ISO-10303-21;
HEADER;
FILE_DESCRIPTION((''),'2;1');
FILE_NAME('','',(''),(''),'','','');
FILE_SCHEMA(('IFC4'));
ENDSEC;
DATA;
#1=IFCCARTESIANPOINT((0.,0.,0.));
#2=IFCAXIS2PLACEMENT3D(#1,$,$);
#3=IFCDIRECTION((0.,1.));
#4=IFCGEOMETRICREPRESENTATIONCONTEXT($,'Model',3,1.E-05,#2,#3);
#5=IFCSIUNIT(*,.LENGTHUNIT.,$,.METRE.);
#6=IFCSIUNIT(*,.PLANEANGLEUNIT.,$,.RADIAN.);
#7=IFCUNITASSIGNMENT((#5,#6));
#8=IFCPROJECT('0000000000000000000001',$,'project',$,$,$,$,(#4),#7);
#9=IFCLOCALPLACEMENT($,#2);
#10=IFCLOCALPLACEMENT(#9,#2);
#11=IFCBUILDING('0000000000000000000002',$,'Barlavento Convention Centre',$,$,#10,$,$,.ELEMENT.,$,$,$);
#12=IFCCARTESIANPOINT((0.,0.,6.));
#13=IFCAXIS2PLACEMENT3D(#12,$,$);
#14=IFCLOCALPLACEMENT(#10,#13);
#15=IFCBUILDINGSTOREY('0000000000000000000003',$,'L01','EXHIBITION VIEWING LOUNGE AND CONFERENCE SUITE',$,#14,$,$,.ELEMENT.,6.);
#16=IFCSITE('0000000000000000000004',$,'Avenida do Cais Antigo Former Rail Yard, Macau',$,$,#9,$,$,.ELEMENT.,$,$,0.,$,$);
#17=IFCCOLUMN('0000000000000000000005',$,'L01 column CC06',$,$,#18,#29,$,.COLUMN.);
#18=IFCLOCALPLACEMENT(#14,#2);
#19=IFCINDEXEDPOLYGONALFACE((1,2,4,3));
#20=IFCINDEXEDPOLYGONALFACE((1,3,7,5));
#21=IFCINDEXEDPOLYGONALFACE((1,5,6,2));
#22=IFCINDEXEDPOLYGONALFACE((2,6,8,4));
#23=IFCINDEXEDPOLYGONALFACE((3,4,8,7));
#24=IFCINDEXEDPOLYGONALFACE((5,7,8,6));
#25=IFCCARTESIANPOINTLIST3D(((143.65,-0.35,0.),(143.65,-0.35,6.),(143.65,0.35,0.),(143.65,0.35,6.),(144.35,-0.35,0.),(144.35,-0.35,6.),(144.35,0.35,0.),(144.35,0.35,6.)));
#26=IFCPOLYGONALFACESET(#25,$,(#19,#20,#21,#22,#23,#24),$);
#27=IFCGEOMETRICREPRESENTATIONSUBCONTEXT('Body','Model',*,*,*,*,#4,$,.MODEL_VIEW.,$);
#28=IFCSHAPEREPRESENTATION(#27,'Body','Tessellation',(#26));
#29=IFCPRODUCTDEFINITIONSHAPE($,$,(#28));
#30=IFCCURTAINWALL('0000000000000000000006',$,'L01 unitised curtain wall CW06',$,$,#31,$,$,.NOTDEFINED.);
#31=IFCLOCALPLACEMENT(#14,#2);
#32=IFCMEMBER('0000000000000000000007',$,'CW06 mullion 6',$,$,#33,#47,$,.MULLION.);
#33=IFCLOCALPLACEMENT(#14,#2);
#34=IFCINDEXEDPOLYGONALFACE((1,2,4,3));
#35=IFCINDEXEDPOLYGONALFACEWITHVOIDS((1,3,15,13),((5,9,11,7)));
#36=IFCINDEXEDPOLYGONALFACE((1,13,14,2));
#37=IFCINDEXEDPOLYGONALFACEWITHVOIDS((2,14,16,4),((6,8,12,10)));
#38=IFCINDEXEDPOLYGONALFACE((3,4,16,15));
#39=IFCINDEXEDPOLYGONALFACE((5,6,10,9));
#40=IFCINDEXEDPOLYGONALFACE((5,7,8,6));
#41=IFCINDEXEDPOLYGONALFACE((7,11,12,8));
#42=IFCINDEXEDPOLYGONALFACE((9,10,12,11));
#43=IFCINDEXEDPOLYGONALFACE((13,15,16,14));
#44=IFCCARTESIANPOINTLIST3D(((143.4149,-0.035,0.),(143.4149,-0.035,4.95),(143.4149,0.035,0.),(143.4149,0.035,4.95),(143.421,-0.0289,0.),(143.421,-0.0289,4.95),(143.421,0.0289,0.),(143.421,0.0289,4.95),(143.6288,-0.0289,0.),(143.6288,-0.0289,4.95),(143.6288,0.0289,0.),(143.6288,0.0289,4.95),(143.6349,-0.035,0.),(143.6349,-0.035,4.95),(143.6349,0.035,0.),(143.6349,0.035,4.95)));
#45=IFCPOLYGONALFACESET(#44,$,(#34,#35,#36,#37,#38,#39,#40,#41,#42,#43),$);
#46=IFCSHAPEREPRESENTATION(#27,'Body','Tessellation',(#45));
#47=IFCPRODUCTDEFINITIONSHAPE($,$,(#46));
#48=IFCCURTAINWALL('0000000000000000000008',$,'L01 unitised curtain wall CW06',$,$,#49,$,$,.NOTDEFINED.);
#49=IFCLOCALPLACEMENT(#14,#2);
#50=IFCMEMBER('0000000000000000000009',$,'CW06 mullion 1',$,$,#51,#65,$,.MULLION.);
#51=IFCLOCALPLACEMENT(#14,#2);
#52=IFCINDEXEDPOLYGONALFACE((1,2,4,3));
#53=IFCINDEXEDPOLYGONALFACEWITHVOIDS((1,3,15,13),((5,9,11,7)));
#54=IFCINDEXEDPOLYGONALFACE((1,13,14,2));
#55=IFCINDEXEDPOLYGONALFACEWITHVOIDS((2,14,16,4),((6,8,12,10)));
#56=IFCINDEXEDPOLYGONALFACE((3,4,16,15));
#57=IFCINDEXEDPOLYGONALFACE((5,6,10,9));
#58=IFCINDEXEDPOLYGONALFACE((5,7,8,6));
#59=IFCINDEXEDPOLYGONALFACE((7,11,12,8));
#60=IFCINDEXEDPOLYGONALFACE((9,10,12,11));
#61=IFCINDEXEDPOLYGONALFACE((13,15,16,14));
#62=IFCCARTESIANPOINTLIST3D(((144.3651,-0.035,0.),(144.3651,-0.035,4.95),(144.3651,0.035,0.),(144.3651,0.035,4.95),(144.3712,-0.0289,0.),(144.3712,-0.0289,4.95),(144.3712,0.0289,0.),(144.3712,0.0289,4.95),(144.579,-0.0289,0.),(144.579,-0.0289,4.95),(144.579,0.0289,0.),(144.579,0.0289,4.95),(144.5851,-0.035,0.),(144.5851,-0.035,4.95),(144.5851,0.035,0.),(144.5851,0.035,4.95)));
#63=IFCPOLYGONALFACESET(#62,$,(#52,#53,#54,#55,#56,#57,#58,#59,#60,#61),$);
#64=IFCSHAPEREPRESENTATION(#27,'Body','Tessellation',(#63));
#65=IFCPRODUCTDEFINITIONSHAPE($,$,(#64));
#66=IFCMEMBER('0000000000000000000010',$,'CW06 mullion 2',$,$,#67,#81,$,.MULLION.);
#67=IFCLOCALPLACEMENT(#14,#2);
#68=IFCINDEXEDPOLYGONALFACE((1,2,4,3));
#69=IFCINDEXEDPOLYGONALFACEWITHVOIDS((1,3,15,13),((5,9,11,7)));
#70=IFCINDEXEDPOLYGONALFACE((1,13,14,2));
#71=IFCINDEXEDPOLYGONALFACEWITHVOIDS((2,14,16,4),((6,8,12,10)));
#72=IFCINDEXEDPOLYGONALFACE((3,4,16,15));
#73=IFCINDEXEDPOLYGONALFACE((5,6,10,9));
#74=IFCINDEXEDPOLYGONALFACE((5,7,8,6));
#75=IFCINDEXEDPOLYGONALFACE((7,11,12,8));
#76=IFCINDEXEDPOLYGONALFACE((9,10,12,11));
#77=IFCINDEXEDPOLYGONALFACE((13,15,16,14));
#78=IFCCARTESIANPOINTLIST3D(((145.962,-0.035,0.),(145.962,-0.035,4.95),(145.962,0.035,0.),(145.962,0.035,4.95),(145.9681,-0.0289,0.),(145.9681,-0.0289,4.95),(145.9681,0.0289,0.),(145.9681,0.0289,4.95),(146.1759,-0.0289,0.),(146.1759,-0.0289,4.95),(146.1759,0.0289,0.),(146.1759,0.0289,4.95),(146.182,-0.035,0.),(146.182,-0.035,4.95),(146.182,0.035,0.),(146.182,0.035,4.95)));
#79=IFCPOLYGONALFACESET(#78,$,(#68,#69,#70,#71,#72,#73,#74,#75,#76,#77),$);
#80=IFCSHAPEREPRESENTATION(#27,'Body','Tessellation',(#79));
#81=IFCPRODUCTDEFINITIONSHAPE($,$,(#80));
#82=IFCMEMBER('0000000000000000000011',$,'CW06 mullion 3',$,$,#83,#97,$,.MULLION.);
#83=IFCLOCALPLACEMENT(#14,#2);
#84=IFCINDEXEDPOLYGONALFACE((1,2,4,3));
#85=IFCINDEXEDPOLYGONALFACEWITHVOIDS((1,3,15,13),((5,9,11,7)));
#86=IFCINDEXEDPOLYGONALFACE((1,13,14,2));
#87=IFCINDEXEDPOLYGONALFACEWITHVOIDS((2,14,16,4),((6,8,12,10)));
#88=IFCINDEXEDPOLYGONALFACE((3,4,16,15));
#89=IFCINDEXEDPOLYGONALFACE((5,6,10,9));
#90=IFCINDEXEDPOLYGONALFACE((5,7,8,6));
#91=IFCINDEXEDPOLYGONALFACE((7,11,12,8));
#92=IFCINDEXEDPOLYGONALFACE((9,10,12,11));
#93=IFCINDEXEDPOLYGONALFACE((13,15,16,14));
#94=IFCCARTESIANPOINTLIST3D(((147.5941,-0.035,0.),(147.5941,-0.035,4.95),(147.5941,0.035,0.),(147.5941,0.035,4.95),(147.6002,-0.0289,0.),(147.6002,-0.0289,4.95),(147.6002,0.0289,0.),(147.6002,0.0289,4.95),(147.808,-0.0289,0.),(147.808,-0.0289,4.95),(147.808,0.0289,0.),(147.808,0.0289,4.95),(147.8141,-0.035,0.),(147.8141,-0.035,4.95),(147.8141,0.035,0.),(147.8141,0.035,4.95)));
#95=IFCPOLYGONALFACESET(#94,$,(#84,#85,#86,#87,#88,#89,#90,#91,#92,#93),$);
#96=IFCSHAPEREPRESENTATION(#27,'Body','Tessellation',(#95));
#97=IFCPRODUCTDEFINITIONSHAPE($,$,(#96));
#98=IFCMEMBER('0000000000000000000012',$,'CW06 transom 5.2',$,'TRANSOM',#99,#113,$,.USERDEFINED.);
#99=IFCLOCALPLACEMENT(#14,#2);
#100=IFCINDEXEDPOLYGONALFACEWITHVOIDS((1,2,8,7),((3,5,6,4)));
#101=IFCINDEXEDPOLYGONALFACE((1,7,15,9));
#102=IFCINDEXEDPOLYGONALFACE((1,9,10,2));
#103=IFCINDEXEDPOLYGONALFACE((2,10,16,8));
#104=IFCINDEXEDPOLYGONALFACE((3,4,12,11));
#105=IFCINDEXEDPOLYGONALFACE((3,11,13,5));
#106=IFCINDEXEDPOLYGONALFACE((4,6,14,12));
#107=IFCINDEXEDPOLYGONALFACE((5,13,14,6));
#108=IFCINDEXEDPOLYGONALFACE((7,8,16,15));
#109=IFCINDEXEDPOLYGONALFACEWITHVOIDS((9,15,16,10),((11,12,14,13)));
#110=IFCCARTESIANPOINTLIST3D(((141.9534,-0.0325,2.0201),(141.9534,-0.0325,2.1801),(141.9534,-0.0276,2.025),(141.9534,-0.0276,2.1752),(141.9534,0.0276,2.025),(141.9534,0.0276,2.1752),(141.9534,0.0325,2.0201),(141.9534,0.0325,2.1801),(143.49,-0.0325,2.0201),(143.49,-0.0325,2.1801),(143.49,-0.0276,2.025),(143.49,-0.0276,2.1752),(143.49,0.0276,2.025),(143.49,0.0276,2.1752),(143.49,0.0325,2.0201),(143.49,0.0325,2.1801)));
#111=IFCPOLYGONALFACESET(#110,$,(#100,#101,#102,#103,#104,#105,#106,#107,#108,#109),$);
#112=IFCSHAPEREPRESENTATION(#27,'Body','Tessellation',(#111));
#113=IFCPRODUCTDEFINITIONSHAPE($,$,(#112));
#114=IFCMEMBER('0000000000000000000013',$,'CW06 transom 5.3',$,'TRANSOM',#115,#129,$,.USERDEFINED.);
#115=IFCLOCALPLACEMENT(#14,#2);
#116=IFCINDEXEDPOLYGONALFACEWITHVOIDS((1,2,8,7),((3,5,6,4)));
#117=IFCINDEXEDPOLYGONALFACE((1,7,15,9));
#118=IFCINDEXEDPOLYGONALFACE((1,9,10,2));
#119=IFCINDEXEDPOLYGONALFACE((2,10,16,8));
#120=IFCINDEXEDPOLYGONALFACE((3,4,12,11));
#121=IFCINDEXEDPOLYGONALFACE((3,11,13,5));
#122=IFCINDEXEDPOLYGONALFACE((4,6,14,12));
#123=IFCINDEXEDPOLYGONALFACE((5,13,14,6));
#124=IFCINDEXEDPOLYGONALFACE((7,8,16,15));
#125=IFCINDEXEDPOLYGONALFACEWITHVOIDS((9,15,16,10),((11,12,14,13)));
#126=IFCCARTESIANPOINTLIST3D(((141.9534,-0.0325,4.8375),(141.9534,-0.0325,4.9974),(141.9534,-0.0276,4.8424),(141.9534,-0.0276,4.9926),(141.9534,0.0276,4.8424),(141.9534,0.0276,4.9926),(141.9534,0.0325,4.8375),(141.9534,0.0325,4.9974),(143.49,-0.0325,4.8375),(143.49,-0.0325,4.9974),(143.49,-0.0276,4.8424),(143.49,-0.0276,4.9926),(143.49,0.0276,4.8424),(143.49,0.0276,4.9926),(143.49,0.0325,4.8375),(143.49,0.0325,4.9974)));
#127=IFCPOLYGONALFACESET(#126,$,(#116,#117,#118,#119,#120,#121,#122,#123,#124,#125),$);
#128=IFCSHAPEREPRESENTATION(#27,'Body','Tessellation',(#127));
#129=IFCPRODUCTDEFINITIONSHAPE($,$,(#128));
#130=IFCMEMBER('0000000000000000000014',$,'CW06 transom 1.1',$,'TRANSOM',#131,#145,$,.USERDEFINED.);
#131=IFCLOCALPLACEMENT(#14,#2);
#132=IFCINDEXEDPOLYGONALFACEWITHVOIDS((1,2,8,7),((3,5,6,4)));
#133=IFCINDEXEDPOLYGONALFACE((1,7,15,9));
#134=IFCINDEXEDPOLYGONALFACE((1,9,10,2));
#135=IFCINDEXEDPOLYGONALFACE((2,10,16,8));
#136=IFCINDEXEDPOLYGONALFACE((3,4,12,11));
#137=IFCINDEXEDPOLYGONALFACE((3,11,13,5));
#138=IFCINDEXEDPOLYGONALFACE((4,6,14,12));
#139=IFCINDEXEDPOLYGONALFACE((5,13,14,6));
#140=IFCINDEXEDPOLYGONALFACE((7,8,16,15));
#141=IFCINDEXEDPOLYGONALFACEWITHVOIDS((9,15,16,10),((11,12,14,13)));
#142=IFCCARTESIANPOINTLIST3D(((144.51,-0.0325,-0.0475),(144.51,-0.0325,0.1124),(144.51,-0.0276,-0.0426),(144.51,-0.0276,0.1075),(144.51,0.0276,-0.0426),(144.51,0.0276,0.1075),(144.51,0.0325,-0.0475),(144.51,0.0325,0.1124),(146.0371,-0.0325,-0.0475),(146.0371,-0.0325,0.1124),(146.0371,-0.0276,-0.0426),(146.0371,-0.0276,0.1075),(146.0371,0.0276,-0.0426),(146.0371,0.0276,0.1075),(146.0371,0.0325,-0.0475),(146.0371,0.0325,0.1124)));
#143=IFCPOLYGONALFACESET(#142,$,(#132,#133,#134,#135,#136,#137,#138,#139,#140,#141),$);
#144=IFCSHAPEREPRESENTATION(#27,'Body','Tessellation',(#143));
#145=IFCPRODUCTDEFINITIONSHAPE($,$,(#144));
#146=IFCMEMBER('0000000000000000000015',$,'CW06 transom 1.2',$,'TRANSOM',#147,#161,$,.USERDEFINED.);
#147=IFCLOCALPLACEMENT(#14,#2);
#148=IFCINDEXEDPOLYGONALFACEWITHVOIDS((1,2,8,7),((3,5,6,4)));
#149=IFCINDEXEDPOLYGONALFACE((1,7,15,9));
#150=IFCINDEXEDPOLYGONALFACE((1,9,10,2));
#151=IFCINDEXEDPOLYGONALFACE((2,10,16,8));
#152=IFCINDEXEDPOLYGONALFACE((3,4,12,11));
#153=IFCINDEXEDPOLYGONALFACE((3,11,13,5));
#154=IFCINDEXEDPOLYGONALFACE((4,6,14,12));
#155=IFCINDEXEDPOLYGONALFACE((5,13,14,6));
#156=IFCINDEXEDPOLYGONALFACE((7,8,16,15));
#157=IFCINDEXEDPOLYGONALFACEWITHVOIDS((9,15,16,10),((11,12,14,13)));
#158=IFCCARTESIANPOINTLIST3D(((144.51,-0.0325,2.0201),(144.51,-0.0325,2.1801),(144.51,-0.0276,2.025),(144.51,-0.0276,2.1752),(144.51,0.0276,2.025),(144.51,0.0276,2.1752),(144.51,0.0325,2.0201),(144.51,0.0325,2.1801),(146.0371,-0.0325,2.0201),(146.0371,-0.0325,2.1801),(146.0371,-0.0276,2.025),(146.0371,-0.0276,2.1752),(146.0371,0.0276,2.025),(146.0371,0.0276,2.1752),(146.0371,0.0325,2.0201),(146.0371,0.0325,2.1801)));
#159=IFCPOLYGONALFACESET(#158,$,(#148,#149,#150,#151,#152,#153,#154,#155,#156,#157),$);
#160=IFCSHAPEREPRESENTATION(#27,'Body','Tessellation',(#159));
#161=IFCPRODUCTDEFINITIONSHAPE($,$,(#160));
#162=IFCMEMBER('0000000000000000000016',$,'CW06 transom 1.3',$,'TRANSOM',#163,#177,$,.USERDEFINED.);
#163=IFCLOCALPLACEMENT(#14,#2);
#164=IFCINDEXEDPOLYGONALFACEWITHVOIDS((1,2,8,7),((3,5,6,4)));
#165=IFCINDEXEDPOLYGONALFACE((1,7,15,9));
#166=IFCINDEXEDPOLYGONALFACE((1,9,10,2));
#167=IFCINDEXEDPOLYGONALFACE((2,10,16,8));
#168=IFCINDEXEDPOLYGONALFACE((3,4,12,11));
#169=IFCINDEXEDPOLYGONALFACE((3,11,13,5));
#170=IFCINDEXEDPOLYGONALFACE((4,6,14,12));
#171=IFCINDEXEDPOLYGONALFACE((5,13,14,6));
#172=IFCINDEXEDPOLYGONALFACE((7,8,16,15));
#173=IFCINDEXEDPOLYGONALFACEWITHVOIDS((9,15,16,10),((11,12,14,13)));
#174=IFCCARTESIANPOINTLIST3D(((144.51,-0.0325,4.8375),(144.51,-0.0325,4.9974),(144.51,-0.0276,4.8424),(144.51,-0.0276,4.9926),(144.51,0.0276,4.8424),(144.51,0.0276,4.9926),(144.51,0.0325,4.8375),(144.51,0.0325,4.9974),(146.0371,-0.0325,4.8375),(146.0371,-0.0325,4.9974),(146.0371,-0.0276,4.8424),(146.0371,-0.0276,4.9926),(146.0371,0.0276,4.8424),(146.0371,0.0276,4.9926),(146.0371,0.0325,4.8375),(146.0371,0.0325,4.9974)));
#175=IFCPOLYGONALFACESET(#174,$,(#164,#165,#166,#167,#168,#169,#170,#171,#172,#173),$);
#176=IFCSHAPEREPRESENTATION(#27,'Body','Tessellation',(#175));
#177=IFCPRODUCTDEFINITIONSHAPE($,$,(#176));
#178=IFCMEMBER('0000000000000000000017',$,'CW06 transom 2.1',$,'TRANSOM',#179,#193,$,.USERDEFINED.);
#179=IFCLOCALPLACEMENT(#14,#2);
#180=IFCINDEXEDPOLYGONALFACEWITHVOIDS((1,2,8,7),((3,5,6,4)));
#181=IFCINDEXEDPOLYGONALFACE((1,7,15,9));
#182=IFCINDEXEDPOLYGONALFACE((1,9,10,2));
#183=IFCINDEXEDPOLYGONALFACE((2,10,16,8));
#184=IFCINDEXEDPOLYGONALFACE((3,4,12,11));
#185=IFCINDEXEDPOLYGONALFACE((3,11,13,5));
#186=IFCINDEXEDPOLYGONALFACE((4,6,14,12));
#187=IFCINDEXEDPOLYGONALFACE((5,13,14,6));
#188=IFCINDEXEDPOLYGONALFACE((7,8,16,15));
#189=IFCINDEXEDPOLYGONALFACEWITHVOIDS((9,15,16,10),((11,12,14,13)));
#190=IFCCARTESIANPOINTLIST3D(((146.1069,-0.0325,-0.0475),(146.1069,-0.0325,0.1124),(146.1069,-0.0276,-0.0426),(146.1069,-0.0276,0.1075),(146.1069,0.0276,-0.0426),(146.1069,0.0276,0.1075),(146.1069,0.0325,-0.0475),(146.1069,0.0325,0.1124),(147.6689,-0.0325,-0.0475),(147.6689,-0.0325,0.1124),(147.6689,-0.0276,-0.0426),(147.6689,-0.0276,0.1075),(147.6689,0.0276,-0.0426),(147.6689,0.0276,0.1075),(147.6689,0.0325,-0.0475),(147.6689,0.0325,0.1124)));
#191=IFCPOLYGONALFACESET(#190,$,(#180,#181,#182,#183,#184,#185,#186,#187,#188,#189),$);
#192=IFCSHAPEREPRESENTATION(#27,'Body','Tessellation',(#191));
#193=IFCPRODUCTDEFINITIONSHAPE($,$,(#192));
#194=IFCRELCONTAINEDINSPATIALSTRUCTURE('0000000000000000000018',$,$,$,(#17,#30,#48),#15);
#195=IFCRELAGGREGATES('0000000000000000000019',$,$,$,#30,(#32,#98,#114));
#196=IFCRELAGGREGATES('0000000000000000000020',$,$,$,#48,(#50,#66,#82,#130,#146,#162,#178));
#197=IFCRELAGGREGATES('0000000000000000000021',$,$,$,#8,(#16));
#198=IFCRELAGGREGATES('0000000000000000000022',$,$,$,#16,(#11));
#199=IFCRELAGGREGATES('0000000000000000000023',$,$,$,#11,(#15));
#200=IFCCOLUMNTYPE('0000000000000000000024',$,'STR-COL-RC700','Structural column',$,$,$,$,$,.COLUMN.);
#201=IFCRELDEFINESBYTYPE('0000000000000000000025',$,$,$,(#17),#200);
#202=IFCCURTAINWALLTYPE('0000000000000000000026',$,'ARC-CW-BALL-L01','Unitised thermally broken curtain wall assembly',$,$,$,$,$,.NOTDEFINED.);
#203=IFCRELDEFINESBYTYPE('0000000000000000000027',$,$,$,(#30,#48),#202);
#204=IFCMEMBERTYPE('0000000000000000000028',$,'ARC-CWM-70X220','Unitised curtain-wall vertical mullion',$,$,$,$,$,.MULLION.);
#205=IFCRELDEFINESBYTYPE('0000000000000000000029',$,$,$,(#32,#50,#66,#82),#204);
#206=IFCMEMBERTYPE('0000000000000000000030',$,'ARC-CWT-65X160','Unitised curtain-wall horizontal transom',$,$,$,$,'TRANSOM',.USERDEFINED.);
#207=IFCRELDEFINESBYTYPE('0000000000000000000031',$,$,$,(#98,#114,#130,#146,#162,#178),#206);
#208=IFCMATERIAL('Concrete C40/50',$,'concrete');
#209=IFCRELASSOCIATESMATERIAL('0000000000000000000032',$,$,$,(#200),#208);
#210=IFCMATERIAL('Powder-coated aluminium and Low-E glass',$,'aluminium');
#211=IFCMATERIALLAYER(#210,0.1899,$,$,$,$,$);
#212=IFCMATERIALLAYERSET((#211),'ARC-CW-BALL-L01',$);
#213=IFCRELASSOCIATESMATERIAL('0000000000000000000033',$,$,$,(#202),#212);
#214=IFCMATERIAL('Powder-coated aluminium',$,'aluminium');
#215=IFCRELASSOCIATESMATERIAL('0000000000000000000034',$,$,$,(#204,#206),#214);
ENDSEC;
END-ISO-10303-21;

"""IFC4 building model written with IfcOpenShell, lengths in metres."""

from ifc_helpers import new_model, si_unit, direction, frame, origin, origin_2d, place, context, subcontext, project, spatial, rectangle, hollow_rectangle, extrude, material, layer, layer_set, material_profile, profile_set, type_object, element, aggregate, save


model = new_model("IFC4")

# Units and contexts
model_context = context("Model", 3, precision=1e-05, world=origin(), true_north=direction((0.0, 1.0)))
body_context = subcontext(model_context, "Body", "Model", "MODEL_VIEW")
ifc_project = project(units=[si_unit("LENGTHUNIT", "METRE"), si_unit("PLANEANGLEUNIT", "RADIAN")], contexts=[model_context])

# Site, building, storey
site_placement = place(None, origin())
site = spatial("IfcSite", under=ifc_project, at=site_placement, Name="Avenida do Cais Antigo Former Rail Yard, Macau", CompositionType="ELEMENT", RefElevation=0.0)
building_placement = place(site_placement, origin())
building = spatial("IfcBuilding", under=site, at=building_placement, Name="Barlavento Convention Centre", CompositionType="ELEMENT")
storey_placement = place(building_placement, frame((0.0, 0.0, 6.0)))
storey = spatial("IfcBuildingStorey", under=building, at=storey_placement, Name="L01", Description="EXHIBITION VIEWING LOUNGE AND CONFERENCE SUITE", CompositionType="ELEMENT", Elevation=6.0)

# Column
ifc_material_1 = material(Name="Concrete C40/50", Category="concrete")
ifc_material_profile_1 = material_profile(ifc_material_1, rectangle(XDim=0.7, YDim=0.7, at=origin_2d()), Name="RC 700x700")
ifc_profile_set_1 = profile_set([ifc_material_profile_1], Name="Concrete C40/50")
column_type = type_object("IfcColumnType", Name="STR-COL-RC700", Description="Structural column", PredefinedType="COLUMN", material=ifc_profile_set_1)
column_placement = place(storey_placement, frame((144.0, 0.0, 0.0), z_axis=(0.0, 0.0, 1.0), x_axis=(1.0, 0.0, 0.0)))
element("IfcColumn", 1, at=column_placement, inside=storey, type_object=column_type, Name="L01 column CC06", PredefinedType="COLUMN", context=body_context, shape_type="SweptSolid", body=[
    extrude(rectangle(XDim=0.7, YDim=0.7, at=origin_2d()), origin(), (0.0, 0.0, 1.0), 6.0),
])

# Curtain wall, member
ifc_material_2 = material(Name="Powder-coated aluminium and Low-E glass", Category="aluminium")
ifc_layer_1 = layer(ifc_material_2, 0.1899)
ifc_layer_set_1 = layer_set([ifc_layer_1], Name="ARC-CW-BALL-L01")
curtain_wall_type = type_object("IfcCurtainWallType", Name="ARC-CW-BALL-L01", Description="Unitised thermally broken curtain wall assembly", PredefinedType="NOTDEFINED", material=ifc_layer_set_1)
curtain_wall_1_placement = place(storey_placement, origin())
curtain_wall_1 = element("IfcCurtainWall", 2, at=curtain_wall_1_placement, inside=storey, type_object=curtain_wall_type, Name="L01 unitised curtain wall CW06", PredefinedType="NOTDEFINED")
ifc_material_3 = material(Name="Powder-coated aluminium", Category="aluminium")
ifc_material_profile_2 = material_profile(ifc_material_3, hollow_rectangle(XDim=0.0701, YDim=0.22, WallThickness=0.0061, at=origin_2d()), Name="AL-MULL 70x220x6")
ifc_profile_set_2 = profile_set([ifc_material_profile_2], Name="Powder-coated aluminium")
member_type_1 = type_object("IfcMemberType", Name="ARC-CWM-70X220", Description="Unitised curtain-wall vertical mullion", PredefinedType="MULLION", material=ifc_profile_set_2)
member_1_placement = place(storey_placement, frame((143.5249, 0.0, 0.0), z_axis=(0.0, 0.0, 1.0), x_axis=(0.0, 1.0, 0.0)))
member_1 = element("IfcMember", 3, at=member_1_placement, type_object=member_type_1, Name="CW06 mullion 6", PredefinedType="MULLION", context=body_context, shape_type="SweptSolid", body=[
    extrude(hollow_rectangle(XDim=0.0701, YDim=0.22, WallThickness=0.0061, at=origin_2d()), origin(), (0.0, 0.0, 1.0), 4.95),
])

# Curtain wall, members
curtain_wall_2_placement = place(storey_placement, origin())
curtain_wall_2 = element("IfcCurtainWall", 4, at=curtain_wall_2_placement, inside=storey, type_object=curtain_wall_type, Name="L01 unitised curtain wall CW06", PredefinedType="NOTDEFINED")
member_2_placement = place(storey_placement, frame((144.4751, 0.0, 0.0), z_axis=(0.0, 0.0, 1.0), x_axis=(0.0, 1.0, 0.0)))
member_2 = element("IfcMember", 5, at=member_2_placement, type_object=member_type_1, Name="CW06 mullion 1", PredefinedType="MULLION", context=body_context, shape_type="SweptSolid", body=[
    extrude(hollow_rectangle(XDim=0.0701, YDim=0.22, WallThickness=0.0061, at=origin_2d()), origin(), (0.0, 0.0, 1.0), 4.95),
])
member_3_placement = place(storey_placement, frame((146.072, 0.0, 0.0), z_axis=(0.0, 0.0, 1.0), x_axis=(0.0, 1.0, 0.0)))
member_3 = element("IfcMember", 6, at=member_3_placement, type_object=member_type_1, Name="CW06 mullion 2", PredefinedType="MULLION", context=body_context, shape_type="SweptSolid", body=[
    extrude(hollow_rectangle(XDim=0.0701, YDim=0.22, WallThickness=0.0061, at=origin_2d()), origin(), (0.0, 0.0, 1.0), 4.95),
])
member_4_placement = place(storey_placement, frame((147.7041, 0.0, 0.0), z_axis=(0.0, 0.0, 1.0), x_axis=(0.0, 1.0, 0.0)))
member_4 = element("IfcMember", 7, at=member_4_placement, type_object=member_type_1, Name="CW06 mullion 3", PredefinedType="MULLION", context=body_context, shape_type="SweptSolid", body=[
    extrude(hollow_rectangle(XDim=0.0701, YDim=0.22, WallThickness=0.0061, at=origin_2d()), origin(), (0.0, 0.0, 1.0), 4.95),
])

# Members
ifc_material_profile_3 = material_profile(ifc_material_3, hollow_rectangle(XDim=0.0649, YDim=0.1599, WallThickness=0.0049, at=origin_2d()), Name="AL-TRAN 65x160x5")
ifc_profile_set_3 = profile_set([ifc_material_profile_3], Name="Powder-coated aluminium")
member_type_2 = type_object("IfcMemberType", Name="ARC-CWT-65X160", Description="Unitised curtain-wall horizontal transom", ElementType="TRANSOM", PredefinedType="USERDEFINED", material=ifc_profile_set_3)
member_5_placement = place(storey_placement, frame((141.9534, 0.0, 2.1001), z_axis=(1.0, 0.0, 0.0), x_axis=(0.0, 1.0, 0.0)))
member_5 = element("IfcMember", 8, at=member_5_placement, type_object=member_type_2, Name="CW06 transom 5.2", ObjectType="TRANSOM", PredefinedType="USERDEFINED", context=body_context, shape_type="SweptSolid", body=[
    extrude(hollow_rectangle(XDim=0.0649, YDim=0.1599, WallThickness=0.0049, at=origin_2d()), origin(), (0.0, 0.0, 1.0), 1.5366),
])
member_6_placement = place(storey_placement, frame((141.9534, 0.0, 4.9175), z_axis=(1.0, 0.0, 0.0), x_axis=(0.0, 1.0, 0.0)))
member_6 = element("IfcMember", 9, at=member_6_placement, type_object=member_type_2, Name="CW06 transom 5.3", ObjectType="TRANSOM", PredefinedType="USERDEFINED", context=body_context, shape_type="SweptSolid", body=[
    extrude(hollow_rectangle(XDim=0.0649, YDim=0.1599, WallThickness=0.0049, at=origin_2d()), origin(), (0.0, 0.0, 1.0), 1.5366),
])
member_7_placement = place(storey_placement, frame((144.51, 0.0, 0.0325), z_axis=(1.0, 0.0, 0.0), x_axis=(0.0, 1.0, 0.0)))
member_7 = element("IfcMember", 10, at=member_7_placement, type_object=member_type_2, Name="CW06 transom 1.1", ObjectType="TRANSOM", PredefinedType="USERDEFINED", context=body_context, shape_type="SweptSolid", body=[
    extrude(hollow_rectangle(XDim=0.0649, YDim=0.1599, WallThickness=0.0049, at=origin_2d()), origin(), (0.0, 0.0, 1.0), 1.5271),
])
member_8_placement = place(storey_placement, frame((144.51, 0.0, 2.1001), z_axis=(1.0, 0.0, 0.0), x_axis=(0.0, 1.0, 0.0)))
member_8 = element("IfcMember", 11, at=member_8_placement, type_object=member_type_2, Name="CW06 transom 1.2", ObjectType="TRANSOM", PredefinedType="USERDEFINED", context=body_context, shape_type="SweptSolid", body=[
    extrude(hollow_rectangle(XDim=0.0649, YDim=0.1599, WallThickness=0.0049, at=origin_2d()), origin(), (0.0, 0.0, 1.0), 1.5271),
])
member_9_placement = place(storey_placement, frame((144.51, 0.0, 4.9175), z_axis=(1.0, 0.0, 0.0), x_axis=(0.0, 1.0, 0.0)))
member_9 = element("IfcMember", 12, at=member_9_placement, type_object=member_type_2, Name="CW06 transom 1.3", ObjectType="TRANSOM", PredefinedType="USERDEFINED", context=body_context, shape_type="SweptSolid", body=[
    extrude(hollow_rectangle(XDim=0.0649, YDim=0.1599, WallThickness=0.0049, at=origin_2d()), origin(), (0.0, 0.0, 1.0), 1.5271),
])
member_10_placement = place(storey_placement, frame((146.1069, 0.0, 0.0325), z_axis=(1.0, 0.0, 0.0), x_axis=(0.0, 1.0, 0.0)))
member_10 = element("IfcMember", 13, at=member_10_placement, type_object=member_type_2, Name="CW06 transom 2.1", ObjectType="TRANSOM", PredefinedType="USERDEFINED", context=body_context, shape_type="SweptSolid", body=[
    extrude(hollow_rectangle(XDim=0.0649, YDim=0.1599, WallThickness=0.0049, at=origin_2d()), origin(), (0.0, 0.0, 1.0), 1.562),
])

aggregate(curtain_wall_1, [member_1, member_5, member_6])
aggregate(curtain_wall_2, [member_2, member_3, member_4, member_7, member_8, member_9, member_10])

save(model, "model.ifc")
